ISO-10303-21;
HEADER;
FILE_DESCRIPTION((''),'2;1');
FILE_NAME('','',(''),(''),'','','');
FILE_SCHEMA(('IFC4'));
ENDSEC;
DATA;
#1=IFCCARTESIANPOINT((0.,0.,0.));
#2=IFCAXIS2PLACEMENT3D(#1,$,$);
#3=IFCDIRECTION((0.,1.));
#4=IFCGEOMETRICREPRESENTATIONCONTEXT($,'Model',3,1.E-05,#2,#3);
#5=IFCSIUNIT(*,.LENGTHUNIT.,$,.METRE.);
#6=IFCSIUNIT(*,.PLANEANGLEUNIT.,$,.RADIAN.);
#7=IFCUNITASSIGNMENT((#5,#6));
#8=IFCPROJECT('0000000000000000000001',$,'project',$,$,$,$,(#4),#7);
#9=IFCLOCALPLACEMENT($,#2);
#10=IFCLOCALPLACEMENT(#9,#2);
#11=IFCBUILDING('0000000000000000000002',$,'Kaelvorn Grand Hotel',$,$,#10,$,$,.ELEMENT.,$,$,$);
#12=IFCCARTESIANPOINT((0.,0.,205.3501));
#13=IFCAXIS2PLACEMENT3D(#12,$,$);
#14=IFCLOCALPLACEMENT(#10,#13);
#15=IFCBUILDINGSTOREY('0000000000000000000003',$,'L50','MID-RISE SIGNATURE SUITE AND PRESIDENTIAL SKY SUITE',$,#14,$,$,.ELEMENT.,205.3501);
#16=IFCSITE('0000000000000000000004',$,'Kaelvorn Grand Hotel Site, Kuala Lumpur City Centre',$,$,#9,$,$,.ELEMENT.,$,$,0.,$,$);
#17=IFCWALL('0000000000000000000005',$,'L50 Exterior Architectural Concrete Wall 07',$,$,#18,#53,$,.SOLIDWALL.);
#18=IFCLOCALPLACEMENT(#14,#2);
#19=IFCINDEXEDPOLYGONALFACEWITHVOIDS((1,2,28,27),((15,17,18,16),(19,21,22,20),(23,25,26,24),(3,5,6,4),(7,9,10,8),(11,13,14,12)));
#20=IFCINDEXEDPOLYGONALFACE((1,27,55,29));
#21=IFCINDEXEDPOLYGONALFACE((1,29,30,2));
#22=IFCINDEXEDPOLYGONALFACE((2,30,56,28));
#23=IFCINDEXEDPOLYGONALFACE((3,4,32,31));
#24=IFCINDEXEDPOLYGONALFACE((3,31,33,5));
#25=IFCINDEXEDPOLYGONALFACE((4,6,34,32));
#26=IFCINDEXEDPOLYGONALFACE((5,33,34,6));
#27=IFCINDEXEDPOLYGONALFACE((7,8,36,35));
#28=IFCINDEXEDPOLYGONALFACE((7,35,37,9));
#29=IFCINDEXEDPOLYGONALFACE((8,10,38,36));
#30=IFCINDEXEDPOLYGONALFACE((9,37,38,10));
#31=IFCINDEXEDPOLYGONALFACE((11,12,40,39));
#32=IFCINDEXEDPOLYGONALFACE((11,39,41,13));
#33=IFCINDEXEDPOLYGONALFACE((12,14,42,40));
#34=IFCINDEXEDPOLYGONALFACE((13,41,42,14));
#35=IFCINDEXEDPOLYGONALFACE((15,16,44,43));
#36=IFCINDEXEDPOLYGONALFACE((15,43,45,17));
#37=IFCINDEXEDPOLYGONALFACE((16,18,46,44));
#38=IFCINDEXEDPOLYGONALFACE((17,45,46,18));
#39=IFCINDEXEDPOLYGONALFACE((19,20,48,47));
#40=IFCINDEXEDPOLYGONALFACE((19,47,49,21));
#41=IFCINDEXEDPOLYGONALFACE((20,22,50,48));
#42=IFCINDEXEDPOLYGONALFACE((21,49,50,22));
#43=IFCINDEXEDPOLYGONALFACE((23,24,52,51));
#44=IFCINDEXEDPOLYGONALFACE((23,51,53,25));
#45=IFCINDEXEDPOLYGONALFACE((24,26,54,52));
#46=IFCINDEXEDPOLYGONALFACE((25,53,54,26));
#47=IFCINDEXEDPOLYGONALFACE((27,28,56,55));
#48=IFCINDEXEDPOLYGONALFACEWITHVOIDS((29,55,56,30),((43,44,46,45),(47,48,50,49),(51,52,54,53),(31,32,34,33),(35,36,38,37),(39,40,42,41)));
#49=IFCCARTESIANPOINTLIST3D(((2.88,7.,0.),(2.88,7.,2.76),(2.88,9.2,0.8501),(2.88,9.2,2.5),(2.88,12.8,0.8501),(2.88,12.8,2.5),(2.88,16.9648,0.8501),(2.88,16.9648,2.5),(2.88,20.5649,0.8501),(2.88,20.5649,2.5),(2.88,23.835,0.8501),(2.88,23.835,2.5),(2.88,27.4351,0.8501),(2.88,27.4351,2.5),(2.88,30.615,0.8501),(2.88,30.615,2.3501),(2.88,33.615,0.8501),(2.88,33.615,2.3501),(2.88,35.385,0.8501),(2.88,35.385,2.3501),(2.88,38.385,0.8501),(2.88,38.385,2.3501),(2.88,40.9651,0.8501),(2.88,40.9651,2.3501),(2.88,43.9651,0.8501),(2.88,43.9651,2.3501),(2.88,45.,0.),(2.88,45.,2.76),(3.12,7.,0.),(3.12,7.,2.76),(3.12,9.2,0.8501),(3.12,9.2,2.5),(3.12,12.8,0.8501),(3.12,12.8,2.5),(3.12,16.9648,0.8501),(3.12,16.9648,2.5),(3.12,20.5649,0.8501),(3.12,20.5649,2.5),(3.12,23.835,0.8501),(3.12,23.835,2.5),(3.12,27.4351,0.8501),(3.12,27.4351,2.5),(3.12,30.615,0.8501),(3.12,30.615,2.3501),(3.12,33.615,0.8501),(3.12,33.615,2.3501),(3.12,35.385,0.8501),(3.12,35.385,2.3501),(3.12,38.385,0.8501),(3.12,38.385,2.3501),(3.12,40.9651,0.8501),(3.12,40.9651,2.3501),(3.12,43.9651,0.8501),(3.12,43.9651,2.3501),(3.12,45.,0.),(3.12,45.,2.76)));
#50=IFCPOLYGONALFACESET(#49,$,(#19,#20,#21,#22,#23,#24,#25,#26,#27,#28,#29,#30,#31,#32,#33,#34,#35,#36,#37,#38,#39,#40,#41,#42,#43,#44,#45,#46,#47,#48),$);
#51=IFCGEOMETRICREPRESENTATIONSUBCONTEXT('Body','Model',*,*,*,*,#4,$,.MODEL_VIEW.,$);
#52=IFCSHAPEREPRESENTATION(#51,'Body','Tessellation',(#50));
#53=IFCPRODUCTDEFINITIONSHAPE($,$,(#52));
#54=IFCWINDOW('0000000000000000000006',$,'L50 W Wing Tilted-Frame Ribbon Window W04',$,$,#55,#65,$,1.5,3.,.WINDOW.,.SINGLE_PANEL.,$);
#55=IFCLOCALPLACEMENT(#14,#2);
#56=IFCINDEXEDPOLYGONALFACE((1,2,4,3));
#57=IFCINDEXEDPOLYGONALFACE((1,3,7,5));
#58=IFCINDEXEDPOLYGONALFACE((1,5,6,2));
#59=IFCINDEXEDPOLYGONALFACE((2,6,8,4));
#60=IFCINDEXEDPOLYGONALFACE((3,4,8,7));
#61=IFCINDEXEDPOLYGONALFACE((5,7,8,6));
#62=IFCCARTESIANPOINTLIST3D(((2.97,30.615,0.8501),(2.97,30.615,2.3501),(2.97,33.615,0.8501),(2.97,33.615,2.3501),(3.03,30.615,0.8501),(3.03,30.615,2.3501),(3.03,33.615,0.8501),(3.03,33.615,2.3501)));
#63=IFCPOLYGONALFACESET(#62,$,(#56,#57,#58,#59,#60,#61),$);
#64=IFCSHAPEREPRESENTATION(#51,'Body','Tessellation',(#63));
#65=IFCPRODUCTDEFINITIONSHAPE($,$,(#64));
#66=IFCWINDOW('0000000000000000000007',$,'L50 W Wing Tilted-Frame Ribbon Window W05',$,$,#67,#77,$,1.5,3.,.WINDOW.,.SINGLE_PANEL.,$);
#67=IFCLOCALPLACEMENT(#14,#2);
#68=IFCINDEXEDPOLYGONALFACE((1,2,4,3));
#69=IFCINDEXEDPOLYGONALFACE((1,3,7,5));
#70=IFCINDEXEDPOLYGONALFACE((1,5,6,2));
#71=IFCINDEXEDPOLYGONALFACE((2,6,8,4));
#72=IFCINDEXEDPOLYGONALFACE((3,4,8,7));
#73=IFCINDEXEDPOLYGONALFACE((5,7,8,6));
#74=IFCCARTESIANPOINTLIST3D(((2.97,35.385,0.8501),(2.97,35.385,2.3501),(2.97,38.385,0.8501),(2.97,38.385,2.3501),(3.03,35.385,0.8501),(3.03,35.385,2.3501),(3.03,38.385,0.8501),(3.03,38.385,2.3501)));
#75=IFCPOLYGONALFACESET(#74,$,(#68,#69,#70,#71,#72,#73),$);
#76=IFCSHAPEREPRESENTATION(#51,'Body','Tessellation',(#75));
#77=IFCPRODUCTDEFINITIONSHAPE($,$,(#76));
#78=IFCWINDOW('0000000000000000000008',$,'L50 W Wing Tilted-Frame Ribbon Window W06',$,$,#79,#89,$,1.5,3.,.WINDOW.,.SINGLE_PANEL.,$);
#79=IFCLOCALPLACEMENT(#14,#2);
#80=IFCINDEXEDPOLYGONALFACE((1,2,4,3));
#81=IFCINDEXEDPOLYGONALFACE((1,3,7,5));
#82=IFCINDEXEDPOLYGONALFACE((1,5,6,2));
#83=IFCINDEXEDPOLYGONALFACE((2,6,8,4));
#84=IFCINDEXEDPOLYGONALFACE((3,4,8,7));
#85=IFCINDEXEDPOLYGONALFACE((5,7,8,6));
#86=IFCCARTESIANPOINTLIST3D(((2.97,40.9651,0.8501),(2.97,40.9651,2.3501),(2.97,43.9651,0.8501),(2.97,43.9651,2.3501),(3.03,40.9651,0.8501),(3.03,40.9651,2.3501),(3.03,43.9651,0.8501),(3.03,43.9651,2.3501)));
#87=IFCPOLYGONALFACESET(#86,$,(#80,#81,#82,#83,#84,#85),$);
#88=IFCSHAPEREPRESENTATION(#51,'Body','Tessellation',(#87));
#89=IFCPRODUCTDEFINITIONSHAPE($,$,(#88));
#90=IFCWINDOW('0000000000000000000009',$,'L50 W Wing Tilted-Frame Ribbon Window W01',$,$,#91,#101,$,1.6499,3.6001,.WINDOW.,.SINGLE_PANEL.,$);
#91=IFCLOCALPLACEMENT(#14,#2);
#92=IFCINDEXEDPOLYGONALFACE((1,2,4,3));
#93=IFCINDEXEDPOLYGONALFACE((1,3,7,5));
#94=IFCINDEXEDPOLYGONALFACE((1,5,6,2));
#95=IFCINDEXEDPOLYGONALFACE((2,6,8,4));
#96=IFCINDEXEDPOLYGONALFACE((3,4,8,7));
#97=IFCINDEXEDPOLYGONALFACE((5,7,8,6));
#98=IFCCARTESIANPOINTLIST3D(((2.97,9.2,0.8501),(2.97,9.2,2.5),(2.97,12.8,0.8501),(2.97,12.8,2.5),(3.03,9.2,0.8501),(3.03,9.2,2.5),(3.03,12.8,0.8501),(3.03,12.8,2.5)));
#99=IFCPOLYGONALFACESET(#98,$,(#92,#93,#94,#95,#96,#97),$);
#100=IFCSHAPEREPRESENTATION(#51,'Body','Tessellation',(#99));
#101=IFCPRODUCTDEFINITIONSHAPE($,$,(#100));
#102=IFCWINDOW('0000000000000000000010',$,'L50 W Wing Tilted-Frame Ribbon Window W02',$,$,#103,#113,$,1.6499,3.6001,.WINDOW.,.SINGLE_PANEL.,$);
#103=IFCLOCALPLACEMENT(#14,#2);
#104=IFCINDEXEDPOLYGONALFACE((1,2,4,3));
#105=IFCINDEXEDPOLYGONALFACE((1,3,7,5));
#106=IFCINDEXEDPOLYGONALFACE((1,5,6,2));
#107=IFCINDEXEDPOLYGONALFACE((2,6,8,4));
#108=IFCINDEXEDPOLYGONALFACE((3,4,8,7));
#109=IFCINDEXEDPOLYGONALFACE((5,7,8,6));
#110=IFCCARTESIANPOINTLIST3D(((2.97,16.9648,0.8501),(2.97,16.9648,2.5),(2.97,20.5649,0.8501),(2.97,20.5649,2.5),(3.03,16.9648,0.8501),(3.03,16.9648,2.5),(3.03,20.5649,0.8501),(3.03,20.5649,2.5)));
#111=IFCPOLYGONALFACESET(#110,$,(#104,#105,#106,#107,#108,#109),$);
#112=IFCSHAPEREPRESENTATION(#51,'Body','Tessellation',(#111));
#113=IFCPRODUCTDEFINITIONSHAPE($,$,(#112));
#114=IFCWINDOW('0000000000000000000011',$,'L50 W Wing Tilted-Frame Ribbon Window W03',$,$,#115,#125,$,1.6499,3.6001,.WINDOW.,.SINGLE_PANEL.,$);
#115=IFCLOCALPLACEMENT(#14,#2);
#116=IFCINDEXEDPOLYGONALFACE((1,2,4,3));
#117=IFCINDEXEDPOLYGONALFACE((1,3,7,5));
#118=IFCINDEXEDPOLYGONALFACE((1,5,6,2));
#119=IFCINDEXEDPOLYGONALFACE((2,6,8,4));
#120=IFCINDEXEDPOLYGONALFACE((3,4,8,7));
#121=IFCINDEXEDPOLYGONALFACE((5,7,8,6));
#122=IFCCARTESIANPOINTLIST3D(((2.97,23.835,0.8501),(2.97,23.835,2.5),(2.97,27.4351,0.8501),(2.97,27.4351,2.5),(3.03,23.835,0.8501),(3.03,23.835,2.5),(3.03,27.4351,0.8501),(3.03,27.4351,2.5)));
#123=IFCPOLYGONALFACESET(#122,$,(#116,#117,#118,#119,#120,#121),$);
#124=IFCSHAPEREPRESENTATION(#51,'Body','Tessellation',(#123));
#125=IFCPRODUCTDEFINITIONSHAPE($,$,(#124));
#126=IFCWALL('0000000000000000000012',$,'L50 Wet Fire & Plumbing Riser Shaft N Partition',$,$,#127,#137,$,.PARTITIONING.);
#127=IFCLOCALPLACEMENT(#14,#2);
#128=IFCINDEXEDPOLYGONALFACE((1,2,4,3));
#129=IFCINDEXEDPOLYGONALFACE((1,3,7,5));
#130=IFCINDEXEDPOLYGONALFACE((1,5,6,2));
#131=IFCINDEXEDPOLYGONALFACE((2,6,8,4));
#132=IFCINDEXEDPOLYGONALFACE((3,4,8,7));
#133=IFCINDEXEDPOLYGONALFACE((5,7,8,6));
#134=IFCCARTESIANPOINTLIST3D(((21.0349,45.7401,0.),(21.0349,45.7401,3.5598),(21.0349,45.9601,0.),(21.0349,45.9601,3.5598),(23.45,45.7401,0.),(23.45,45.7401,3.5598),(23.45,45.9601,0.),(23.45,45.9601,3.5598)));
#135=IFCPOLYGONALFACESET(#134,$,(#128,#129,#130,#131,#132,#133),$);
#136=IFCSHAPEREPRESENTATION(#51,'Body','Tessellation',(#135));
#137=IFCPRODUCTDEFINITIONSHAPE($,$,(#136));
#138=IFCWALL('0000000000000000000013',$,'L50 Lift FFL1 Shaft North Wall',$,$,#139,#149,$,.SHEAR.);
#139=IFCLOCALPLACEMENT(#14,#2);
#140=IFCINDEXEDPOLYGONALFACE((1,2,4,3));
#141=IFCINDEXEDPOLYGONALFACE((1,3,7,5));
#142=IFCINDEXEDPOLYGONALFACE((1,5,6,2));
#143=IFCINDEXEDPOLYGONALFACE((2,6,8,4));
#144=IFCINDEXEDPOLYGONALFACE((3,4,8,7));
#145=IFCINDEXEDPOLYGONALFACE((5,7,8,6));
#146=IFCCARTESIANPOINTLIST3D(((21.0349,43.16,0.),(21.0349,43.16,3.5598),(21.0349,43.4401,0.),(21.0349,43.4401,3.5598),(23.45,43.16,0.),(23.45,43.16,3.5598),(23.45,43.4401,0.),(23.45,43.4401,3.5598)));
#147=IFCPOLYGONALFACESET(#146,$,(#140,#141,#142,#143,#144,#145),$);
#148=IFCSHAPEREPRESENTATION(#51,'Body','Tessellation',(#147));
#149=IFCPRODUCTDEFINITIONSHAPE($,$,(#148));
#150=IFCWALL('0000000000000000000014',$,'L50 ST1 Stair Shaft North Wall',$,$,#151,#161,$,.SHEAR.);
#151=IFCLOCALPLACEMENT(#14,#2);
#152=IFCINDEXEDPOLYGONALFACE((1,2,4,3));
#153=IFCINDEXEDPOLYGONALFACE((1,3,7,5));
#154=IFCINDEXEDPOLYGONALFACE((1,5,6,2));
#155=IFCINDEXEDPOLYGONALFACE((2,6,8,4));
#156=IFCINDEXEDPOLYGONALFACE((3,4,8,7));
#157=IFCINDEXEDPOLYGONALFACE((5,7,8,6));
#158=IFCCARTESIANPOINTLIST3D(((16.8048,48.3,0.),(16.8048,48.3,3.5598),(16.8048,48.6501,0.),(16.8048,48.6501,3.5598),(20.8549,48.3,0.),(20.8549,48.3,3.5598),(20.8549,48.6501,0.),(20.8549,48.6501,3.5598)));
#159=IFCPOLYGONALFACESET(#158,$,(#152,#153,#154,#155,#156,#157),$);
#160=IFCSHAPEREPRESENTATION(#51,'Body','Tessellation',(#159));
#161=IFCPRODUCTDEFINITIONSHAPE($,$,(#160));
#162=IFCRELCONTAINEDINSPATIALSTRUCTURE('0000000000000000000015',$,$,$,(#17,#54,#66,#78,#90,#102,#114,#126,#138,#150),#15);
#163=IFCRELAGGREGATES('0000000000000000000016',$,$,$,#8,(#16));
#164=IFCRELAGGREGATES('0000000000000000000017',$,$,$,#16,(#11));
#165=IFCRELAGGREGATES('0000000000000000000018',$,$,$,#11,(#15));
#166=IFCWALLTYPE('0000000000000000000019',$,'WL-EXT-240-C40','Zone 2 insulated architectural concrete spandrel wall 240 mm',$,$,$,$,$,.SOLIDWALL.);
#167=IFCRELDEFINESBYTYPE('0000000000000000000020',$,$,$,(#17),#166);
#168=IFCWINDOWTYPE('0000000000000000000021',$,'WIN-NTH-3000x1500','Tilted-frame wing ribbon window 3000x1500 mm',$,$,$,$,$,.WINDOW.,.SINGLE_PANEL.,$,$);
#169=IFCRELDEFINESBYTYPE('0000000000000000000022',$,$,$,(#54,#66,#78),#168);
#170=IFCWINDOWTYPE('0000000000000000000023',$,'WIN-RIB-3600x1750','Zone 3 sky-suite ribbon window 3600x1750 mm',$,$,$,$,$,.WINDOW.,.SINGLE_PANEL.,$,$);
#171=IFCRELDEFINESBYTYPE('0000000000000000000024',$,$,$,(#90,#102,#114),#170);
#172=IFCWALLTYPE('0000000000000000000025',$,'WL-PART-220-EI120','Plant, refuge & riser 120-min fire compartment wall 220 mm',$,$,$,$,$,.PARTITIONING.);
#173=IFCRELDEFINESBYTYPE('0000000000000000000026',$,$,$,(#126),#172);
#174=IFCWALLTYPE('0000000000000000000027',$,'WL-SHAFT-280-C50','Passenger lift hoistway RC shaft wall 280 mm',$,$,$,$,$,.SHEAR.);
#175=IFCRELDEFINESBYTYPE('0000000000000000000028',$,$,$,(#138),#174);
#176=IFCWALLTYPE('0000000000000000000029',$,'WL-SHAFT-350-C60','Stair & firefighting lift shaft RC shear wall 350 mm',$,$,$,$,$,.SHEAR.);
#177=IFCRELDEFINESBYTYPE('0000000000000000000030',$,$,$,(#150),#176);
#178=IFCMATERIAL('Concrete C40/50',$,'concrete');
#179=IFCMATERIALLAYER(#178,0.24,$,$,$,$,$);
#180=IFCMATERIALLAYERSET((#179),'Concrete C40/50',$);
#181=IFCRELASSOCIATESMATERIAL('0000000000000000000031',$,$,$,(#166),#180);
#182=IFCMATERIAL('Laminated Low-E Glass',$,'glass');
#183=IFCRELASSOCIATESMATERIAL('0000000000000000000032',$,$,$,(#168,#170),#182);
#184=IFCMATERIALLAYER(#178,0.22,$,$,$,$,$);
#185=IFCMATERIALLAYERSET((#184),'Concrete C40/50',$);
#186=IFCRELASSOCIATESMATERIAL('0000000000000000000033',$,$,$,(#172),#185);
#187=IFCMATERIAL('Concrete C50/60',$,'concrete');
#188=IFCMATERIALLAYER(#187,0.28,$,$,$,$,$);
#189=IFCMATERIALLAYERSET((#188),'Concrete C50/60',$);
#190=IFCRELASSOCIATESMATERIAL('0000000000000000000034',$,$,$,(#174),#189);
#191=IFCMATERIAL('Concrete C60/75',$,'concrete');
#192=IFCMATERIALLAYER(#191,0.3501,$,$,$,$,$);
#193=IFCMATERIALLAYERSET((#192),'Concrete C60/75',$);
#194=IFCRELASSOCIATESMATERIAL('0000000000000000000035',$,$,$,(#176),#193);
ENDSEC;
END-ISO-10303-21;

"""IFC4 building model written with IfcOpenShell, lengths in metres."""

from ifc_helpers import new_model, si_unit, direction, frame, frame_2d, origin, place, context, subcontext, project, spatial, rectangle, extrude, material, layer, layer_set, type_object, element, fill, save


model = new_model("IFC4")

# Units and contexts
model_context = context("Model", 3, precision=1e-05, world=origin(), true_north=direction((0.0, 1.0)))
body_context = subcontext(model_context, "Body", "Model", "MODEL_VIEW")
ifc_project = project(units=[si_unit("LENGTHUNIT", "METRE"), si_unit("PLANEANGLEUNIT", "RADIAN")], contexts=[model_context])

# Site, building, storey
site_placement = place(None, origin())
site = spatial("IfcSite", under=ifc_project, at=site_placement, Name="Kaelvorn Grand Hotel Site, Kuala Lumpur City Centre", CompositionType="ELEMENT", RefElevation=0.0)
building_placement = place(site_placement, origin())
building = spatial("IfcBuilding", under=site, at=building_placement, Name="Kaelvorn Grand Hotel", CompositionType="ELEMENT")
storey_placement = place(building_placement, frame((0.0, 0.0, 205.3501)))
storey = spatial("IfcBuildingStorey", under=building, at=storey_placement, Name="L50", Description="MID-RISE SIGNATURE SUITE AND PRESIDENTIAL SKY SUITE", CompositionType="ELEMENT", Elevation=205.3501)

# Shared definitions
ifc_material_1 = material(Name="Concrete C60/75", Category="concrete")

# Shared definitions
ifc_material_2 = material(Name="Concrete C50/60", Category="concrete")

# Shared definitions
ifc_material_3 = material(Name="Concrete C40/50", Category="concrete")
ifc_layer_1 = layer(ifc_material_3, 0.24)
ifc_layer_set_1 = layer_set([ifc_layer_1], Name="Concrete C40/50")
wall_type_1 = type_object("IfcWallType", Name="WL-EXT-240-C40", Description="Zone 2 insulated architectural concrete spandrel wall 240 mm", PredefinedType="SOLIDWALL", material=ifc_layer_set_1)
ifc_material_4 = material(Name="Laminated Low-E Glass", Category="glass")

# Wall, openings, windows
wall_1_placement = place(storey_placement, frame((3.0, 45.0, 0.0), z_axis=(0.0, 0.0, 1.0), x_axis=(0.0, -1.0, 0.0)))
wall_1 = element("IfcWall", 1, at=wall_1_placement, inside=storey, type_object=wall_type_1, Name="L50 Exterior Architectural Concrete Wall 07", PredefinedType="SOLIDWALL", context=body_context, shape_type="SweptSolid", body=[
    extrude(rectangle(XDim=38.0, YDim=0.24, at=frame_2d((19.0, 0.0))), origin(), (0.0, 0.0, 1.0), 2.76),
])
opening_1_placement = place(wall_1_placement, frame((32.2, 0.0, 0.8501)))
opening_1 = element("IfcOpeningElement", 2, at=opening_1_placement, cuts=wall_1, PredefinedType="OPENING", context=body_context, shape_type="SweptSolid", body=[
    extrude(rectangle(XDim=3.6001, YDim=1.6499, at=frame_2d((1.8, 0.825))), frame((0.0, 0.1299, 0.0), z_axis=(0.0, -1.0, 0.0), x_axis=(1.0, 0.0, 0.0)), (0.0, 0.0, 1.0), 0.26),
])
opening_2_placement = place(wall_1_placement, frame((24.4351, 0.0, 0.8501)))
opening_2 = element("IfcOpeningElement", 3, at=opening_2_placement, cuts=wall_1, PredefinedType="OPENING", context=body_context, shape_type="SweptSolid", body=[
    extrude(rectangle(XDim=3.6001, YDim=1.6499, at=frame_2d((1.8, 0.825))), frame((0.0, 0.1299, 0.0), z_axis=(0.0, -1.0, 0.0), x_axis=(1.0, 0.0, 0.0)), (0.0, 0.0, 1.0), 0.26),
])
opening_3_placement = place(wall_1_placement, frame((17.5649, 0.0, 0.8501)))
opening_3 = element("IfcOpeningElement", 4, at=opening_3_placement, cuts=wall_1, PredefinedType="OPENING", context=body_context, shape_type="SweptSolid", body=[
    extrude(rectangle(XDim=3.6001, YDim=1.6499, at=frame_2d((1.8, 0.825))), frame((0.0, 0.1299, 0.0), z_axis=(0.0, -1.0, 0.0), x_axis=(1.0, 0.0, 0.0)), (0.0, 0.0, 1.0), 0.26),
])
opening_4_placement = place(wall_1_placement, frame((11.385, 0.0, 0.8501)))
opening_4 = element("IfcOpeningElement", 5, at=opening_4_placement, cuts=wall_1, PredefinedType="OPENING", context=body_context, shape_type="SweptSolid", body=[
    extrude(rectangle(XDim=3.0, YDim=1.5, at=frame_2d((1.5, 0.75))), frame((0.0, 0.1299, 0.0), z_axis=(0.0, -1.0, 0.0), x_axis=(1.0, 0.0, 0.0)), (0.0, 0.0, 1.0), 0.26),
])
opening_5_placement = place(wall_1_placement, frame((6.615, 0.0, 0.8501)))
opening_5 = element("IfcOpeningElement", 6, at=opening_5_placement, cuts=wall_1, PredefinedType="OPENING", context=body_context, shape_type="SweptSolid", body=[
    extrude(rectangle(XDim=3.0, YDim=1.5, at=frame_2d((1.5, 0.75))), frame((0.0, 0.1299, 0.0), z_axis=(0.0, -1.0, 0.0), x_axis=(1.0, 0.0, 0.0)), (0.0, 0.0, 1.0), 0.26),
])
opening_6_placement = place(wall_1_placement, frame((1.0349, 0.0, 0.8501)))
opening_6 = element("IfcOpeningElement", 7, at=opening_6_placement, cuts=wall_1, PredefinedType="OPENING", context=body_context, shape_type="SweptSolid", body=[
    extrude(rectangle(XDim=3.0, YDim=1.5, at=frame_2d((1.5, 0.75))), frame((0.0, 0.1299, 0.0), z_axis=(0.0, -1.0, 0.0), x_axis=(1.0, 0.0, 0.0)), (0.0, 0.0, 1.0), 0.26),
])
window_type_1 = type_object("IfcWindowType", Name="WIN-NTH-3000x1500", Description="Tilted-frame wing ribbon window 3000x1500 mm", PartitioningType="SINGLE_PANEL", PredefinedType="WINDOW", material=ifc_material_4)
window_1_placement = place(opening_4_placement, origin())
window_1 = element("IfcWindow", 8, at=window_1_placement, inside=storey, type_object=window_type_1, Name="L50 W Wing Tilted-Frame Ribbon Window W04", OverallHeight=1.5, OverallWidth=3.0, PartitioningType="SINGLE_PANEL", PredefinedType="WINDOW", context=body_context, shape_type="SweptSolid", body=[
    extrude(rectangle(XDim=3.0, YDim=1.5, at=frame_2d((1.5, 0.75))), frame((0.0, 0.03, 0.0), z_axis=(0.0, -1.0, 0.0), x_axis=(1.0, 0.0, 0.0)), (0.0, 0.0, 1.0), 0.0601),
])
fill(opening_4, window_1)
window_2_placement = place(opening_5_placement, origin())
window_2 = element("IfcWindow", 9, at=window_2_placement, inside=storey, type_object=window_type_1, Name="L50 W Wing Tilted-Frame Ribbon Window W05", OverallHeight=1.5, OverallWidth=3.0, PartitioningType="SINGLE_PANEL", PredefinedType="WINDOW", context=body_context, shape_type="SweptSolid", body=[
    extrude(rectangle(XDim=3.0, YDim=1.5, at=frame_2d((1.5, 0.75))), frame((0.0, 0.03, 0.0), z_axis=(0.0, -1.0, 0.0), x_axis=(1.0, 0.0, 0.0)), (0.0, 0.0, 1.0), 0.0601),
])
fill(opening_5, window_2)
window_3_placement = place(opening_6_placement, origin())
window_3 = element("IfcWindow", 10, at=window_3_placement, inside=storey, type_object=window_type_1, Name="L50 W Wing Tilted-Frame Ribbon Window W06", OverallHeight=1.5, OverallWidth=3.0, PartitioningType="SINGLE_PANEL", PredefinedType="WINDOW", context=body_context, shape_type="SweptSolid", body=[
    extrude(rectangle(XDim=3.0, YDim=1.5, at=frame_2d((1.5, 0.75))), frame((0.0, 0.03, 0.0), z_axis=(0.0, -1.0, 0.0), x_axis=(1.0, 0.0, 0.0)), (0.0, 0.0, 1.0), 0.0601),
])
fill(opening_6, window_3)
window_type_2 = type_object("IfcWindowType", Name="WIN-RIB-3600x1750", Description="Zone 3 sky-suite ribbon window 3600x1750 mm", PartitioningType="SINGLE_PANEL", PredefinedType="WINDOW", material=ifc_material_4)
window_4_placement = place(opening_1_placement, origin())
window_4 = element("IfcWindow", 11, at=window_4_placement, inside=storey, type_object=window_type_2, Name="L50 W Wing Tilted-Frame Ribbon Window W01", OverallHeight=1.6499, OverallWidth=3.6001, PartitioningType="SINGLE_PANEL", PredefinedType="WINDOW", context=body_context, shape_type="SweptSolid", body=[
    extrude(rectangle(XDim=3.6001, YDim=1.6499, at=frame_2d((1.8, 0.825))), frame((0.0, 0.03, 0.0), z_axis=(0.0, -1.0, 0.0), x_axis=(1.0, 0.0, 0.0)), (0.0, 0.0, 1.0), 0.0601),
])
fill(opening_1, window_4)
window_5_placement = place(opening_2_placement, origin())
window_5 = element("IfcWindow", 12, at=window_5_placement, inside=storey, type_object=window_type_2, Name="L50 W Wing Tilted-Frame Ribbon Window W02", OverallHeight=1.6499, OverallWidth=3.6001, PartitioningType="SINGLE_PANEL", PredefinedType="WINDOW", context=body_context, shape_type="SweptSolid", body=[
    extrude(rectangle(XDim=3.6001, YDim=1.6499, at=frame_2d((1.8, 0.825))), frame((0.0, 0.03, 0.0), z_axis=(0.0, -1.0, 0.0), x_axis=(1.0, 0.0, 0.0)), (0.0, 0.0, 1.0), 0.0601),
])
fill(opening_2, window_5)
window_6_placement = place(opening_3_placement, origin())
window_6 = element("IfcWindow", 13, at=window_6_placement, inside=storey, type_object=window_type_2, Name="L50 W Wing Tilted-Frame Ribbon Window W03", OverallHeight=1.6499, OverallWidth=3.6001, PartitioningType="SINGLE_PANEL", PredefinedType="WINDOW", context=body_context, shape_type="SweptSolid", body=[
    extrude(rectangle(XDim=3.6001, YDim=1.6499, at=frame_2d((1.8, 0.825))), frame((0.0, 0.03, 0.0), z_axis=(0.0, -1.0, 0.0), x_axis=(1.0, 0.0, 0.0)), (0.0, 0.0, 1.0), 0.0601),
])
fill(opening_3, window_6)

# Walls
ifc_layer_2 = layer(ifc_material_3, 0.22)
ifc_layer_set_2 = layer_set([ifc_layer_2], Name="Concrete C40/50")
wall_type_2 = type_object("IfcWallType", Name="WL-PART-220-EI120", Description="Plant, refuge & riser 120-min fire compartment wall 220 mm", PredefinedType="PARTITIONING", material=ifc_layer_set_2)
wall_2_placement = place(storey_placement, frame((21.0349, 45.8501, 0.0), z_axis=(0.0, 0.0, 1.0), x_axis=(1.0, 0.0, 0.0)))
element("IfcWall", 14, at=wall_2_placement, inside=storey, type_object=wall_type_2, Name="L50 Wet Fire & Plumbing Riser Shaft N Partition", PredefinedType="PARTITIONING", context=body_context, shape_type="SweptSolid", body=[
    extrude(rectangle(XDim=2.415, YDim=0.22, at=frame_2d((1.2075, 0.0))), origin(), (0.0, 0.0, 1.0), 3.5598),
])
ifc_layer_3 = layer(ifc_material_2, 0.28)
ifc_layer_set_3 = layer_set([ifc_layer_3], Name="Concrete C50/60")
wall_type_3 = type_object("IfcWallType", Name="WL-SHAFT-280-C50", Description="Passenger lift hoistway RC shaft wall 280 mm", PredefinedType="SHEAR", material=ifc_layer_set_3)
wall_3_placement = place(storey_placement, frame((21.0349, 43.3, 0.0), z_axis=(0.0, 0.0, 1.0), x_axis=(1.0, 0.0, 0.0)))
element("IfcWall", 15, at=wall_3_placement, inside=storey, type_object=wall_type_3, Name="L50 Lift FFL1 Shaft North Wall", PredefinedType="SHEAR", context=body_context, shape_type="SweptSolid", body=[
    extrude(rectangle(XDim=2.415, YDim=0.28, at=frame_2d((1.2075, 0.0))), origin(), (0.0, 0.0, 1.0), 3.5598),
])
ifc_layer_4 = layer(ifc_material_1, 0.3501)
ifc_layer_set_4 = layer_set([ifc_layer_4], Name="Concrete C60/75")
wall_type_4 = type_object("IfcWallType", Name="WL-SHAFT-350-C60", Description="Stair & firefighting lift shaft RC shear wall 350 mm", PredefinedType="SHEAR", material=ifc_layer_set_4)
wall_4_placement = place(storey_placement, frame((16.8049, 48.4751, 0.0), z_axis=(0.0, 0.0, 1.0), x_axis=(1.0, 0.0, 0.0)))
element("IfcWall", 16, at=wall_4_placement, inside=storey, type_object=wall_type_4, Name="L50 ST1 Stair Shaft North Wall", PredefinedType="SHEAR", context=body_context, shape_type="SweptSolid", body=[
    extrude(rectangle(XDim=4.05, YDim=0.3501, at=frame_2d((2.0249, 0.0))), origin(), (0.0, 0.0, 1.0), 3.5598),
])

save(model, "model.ifc")
